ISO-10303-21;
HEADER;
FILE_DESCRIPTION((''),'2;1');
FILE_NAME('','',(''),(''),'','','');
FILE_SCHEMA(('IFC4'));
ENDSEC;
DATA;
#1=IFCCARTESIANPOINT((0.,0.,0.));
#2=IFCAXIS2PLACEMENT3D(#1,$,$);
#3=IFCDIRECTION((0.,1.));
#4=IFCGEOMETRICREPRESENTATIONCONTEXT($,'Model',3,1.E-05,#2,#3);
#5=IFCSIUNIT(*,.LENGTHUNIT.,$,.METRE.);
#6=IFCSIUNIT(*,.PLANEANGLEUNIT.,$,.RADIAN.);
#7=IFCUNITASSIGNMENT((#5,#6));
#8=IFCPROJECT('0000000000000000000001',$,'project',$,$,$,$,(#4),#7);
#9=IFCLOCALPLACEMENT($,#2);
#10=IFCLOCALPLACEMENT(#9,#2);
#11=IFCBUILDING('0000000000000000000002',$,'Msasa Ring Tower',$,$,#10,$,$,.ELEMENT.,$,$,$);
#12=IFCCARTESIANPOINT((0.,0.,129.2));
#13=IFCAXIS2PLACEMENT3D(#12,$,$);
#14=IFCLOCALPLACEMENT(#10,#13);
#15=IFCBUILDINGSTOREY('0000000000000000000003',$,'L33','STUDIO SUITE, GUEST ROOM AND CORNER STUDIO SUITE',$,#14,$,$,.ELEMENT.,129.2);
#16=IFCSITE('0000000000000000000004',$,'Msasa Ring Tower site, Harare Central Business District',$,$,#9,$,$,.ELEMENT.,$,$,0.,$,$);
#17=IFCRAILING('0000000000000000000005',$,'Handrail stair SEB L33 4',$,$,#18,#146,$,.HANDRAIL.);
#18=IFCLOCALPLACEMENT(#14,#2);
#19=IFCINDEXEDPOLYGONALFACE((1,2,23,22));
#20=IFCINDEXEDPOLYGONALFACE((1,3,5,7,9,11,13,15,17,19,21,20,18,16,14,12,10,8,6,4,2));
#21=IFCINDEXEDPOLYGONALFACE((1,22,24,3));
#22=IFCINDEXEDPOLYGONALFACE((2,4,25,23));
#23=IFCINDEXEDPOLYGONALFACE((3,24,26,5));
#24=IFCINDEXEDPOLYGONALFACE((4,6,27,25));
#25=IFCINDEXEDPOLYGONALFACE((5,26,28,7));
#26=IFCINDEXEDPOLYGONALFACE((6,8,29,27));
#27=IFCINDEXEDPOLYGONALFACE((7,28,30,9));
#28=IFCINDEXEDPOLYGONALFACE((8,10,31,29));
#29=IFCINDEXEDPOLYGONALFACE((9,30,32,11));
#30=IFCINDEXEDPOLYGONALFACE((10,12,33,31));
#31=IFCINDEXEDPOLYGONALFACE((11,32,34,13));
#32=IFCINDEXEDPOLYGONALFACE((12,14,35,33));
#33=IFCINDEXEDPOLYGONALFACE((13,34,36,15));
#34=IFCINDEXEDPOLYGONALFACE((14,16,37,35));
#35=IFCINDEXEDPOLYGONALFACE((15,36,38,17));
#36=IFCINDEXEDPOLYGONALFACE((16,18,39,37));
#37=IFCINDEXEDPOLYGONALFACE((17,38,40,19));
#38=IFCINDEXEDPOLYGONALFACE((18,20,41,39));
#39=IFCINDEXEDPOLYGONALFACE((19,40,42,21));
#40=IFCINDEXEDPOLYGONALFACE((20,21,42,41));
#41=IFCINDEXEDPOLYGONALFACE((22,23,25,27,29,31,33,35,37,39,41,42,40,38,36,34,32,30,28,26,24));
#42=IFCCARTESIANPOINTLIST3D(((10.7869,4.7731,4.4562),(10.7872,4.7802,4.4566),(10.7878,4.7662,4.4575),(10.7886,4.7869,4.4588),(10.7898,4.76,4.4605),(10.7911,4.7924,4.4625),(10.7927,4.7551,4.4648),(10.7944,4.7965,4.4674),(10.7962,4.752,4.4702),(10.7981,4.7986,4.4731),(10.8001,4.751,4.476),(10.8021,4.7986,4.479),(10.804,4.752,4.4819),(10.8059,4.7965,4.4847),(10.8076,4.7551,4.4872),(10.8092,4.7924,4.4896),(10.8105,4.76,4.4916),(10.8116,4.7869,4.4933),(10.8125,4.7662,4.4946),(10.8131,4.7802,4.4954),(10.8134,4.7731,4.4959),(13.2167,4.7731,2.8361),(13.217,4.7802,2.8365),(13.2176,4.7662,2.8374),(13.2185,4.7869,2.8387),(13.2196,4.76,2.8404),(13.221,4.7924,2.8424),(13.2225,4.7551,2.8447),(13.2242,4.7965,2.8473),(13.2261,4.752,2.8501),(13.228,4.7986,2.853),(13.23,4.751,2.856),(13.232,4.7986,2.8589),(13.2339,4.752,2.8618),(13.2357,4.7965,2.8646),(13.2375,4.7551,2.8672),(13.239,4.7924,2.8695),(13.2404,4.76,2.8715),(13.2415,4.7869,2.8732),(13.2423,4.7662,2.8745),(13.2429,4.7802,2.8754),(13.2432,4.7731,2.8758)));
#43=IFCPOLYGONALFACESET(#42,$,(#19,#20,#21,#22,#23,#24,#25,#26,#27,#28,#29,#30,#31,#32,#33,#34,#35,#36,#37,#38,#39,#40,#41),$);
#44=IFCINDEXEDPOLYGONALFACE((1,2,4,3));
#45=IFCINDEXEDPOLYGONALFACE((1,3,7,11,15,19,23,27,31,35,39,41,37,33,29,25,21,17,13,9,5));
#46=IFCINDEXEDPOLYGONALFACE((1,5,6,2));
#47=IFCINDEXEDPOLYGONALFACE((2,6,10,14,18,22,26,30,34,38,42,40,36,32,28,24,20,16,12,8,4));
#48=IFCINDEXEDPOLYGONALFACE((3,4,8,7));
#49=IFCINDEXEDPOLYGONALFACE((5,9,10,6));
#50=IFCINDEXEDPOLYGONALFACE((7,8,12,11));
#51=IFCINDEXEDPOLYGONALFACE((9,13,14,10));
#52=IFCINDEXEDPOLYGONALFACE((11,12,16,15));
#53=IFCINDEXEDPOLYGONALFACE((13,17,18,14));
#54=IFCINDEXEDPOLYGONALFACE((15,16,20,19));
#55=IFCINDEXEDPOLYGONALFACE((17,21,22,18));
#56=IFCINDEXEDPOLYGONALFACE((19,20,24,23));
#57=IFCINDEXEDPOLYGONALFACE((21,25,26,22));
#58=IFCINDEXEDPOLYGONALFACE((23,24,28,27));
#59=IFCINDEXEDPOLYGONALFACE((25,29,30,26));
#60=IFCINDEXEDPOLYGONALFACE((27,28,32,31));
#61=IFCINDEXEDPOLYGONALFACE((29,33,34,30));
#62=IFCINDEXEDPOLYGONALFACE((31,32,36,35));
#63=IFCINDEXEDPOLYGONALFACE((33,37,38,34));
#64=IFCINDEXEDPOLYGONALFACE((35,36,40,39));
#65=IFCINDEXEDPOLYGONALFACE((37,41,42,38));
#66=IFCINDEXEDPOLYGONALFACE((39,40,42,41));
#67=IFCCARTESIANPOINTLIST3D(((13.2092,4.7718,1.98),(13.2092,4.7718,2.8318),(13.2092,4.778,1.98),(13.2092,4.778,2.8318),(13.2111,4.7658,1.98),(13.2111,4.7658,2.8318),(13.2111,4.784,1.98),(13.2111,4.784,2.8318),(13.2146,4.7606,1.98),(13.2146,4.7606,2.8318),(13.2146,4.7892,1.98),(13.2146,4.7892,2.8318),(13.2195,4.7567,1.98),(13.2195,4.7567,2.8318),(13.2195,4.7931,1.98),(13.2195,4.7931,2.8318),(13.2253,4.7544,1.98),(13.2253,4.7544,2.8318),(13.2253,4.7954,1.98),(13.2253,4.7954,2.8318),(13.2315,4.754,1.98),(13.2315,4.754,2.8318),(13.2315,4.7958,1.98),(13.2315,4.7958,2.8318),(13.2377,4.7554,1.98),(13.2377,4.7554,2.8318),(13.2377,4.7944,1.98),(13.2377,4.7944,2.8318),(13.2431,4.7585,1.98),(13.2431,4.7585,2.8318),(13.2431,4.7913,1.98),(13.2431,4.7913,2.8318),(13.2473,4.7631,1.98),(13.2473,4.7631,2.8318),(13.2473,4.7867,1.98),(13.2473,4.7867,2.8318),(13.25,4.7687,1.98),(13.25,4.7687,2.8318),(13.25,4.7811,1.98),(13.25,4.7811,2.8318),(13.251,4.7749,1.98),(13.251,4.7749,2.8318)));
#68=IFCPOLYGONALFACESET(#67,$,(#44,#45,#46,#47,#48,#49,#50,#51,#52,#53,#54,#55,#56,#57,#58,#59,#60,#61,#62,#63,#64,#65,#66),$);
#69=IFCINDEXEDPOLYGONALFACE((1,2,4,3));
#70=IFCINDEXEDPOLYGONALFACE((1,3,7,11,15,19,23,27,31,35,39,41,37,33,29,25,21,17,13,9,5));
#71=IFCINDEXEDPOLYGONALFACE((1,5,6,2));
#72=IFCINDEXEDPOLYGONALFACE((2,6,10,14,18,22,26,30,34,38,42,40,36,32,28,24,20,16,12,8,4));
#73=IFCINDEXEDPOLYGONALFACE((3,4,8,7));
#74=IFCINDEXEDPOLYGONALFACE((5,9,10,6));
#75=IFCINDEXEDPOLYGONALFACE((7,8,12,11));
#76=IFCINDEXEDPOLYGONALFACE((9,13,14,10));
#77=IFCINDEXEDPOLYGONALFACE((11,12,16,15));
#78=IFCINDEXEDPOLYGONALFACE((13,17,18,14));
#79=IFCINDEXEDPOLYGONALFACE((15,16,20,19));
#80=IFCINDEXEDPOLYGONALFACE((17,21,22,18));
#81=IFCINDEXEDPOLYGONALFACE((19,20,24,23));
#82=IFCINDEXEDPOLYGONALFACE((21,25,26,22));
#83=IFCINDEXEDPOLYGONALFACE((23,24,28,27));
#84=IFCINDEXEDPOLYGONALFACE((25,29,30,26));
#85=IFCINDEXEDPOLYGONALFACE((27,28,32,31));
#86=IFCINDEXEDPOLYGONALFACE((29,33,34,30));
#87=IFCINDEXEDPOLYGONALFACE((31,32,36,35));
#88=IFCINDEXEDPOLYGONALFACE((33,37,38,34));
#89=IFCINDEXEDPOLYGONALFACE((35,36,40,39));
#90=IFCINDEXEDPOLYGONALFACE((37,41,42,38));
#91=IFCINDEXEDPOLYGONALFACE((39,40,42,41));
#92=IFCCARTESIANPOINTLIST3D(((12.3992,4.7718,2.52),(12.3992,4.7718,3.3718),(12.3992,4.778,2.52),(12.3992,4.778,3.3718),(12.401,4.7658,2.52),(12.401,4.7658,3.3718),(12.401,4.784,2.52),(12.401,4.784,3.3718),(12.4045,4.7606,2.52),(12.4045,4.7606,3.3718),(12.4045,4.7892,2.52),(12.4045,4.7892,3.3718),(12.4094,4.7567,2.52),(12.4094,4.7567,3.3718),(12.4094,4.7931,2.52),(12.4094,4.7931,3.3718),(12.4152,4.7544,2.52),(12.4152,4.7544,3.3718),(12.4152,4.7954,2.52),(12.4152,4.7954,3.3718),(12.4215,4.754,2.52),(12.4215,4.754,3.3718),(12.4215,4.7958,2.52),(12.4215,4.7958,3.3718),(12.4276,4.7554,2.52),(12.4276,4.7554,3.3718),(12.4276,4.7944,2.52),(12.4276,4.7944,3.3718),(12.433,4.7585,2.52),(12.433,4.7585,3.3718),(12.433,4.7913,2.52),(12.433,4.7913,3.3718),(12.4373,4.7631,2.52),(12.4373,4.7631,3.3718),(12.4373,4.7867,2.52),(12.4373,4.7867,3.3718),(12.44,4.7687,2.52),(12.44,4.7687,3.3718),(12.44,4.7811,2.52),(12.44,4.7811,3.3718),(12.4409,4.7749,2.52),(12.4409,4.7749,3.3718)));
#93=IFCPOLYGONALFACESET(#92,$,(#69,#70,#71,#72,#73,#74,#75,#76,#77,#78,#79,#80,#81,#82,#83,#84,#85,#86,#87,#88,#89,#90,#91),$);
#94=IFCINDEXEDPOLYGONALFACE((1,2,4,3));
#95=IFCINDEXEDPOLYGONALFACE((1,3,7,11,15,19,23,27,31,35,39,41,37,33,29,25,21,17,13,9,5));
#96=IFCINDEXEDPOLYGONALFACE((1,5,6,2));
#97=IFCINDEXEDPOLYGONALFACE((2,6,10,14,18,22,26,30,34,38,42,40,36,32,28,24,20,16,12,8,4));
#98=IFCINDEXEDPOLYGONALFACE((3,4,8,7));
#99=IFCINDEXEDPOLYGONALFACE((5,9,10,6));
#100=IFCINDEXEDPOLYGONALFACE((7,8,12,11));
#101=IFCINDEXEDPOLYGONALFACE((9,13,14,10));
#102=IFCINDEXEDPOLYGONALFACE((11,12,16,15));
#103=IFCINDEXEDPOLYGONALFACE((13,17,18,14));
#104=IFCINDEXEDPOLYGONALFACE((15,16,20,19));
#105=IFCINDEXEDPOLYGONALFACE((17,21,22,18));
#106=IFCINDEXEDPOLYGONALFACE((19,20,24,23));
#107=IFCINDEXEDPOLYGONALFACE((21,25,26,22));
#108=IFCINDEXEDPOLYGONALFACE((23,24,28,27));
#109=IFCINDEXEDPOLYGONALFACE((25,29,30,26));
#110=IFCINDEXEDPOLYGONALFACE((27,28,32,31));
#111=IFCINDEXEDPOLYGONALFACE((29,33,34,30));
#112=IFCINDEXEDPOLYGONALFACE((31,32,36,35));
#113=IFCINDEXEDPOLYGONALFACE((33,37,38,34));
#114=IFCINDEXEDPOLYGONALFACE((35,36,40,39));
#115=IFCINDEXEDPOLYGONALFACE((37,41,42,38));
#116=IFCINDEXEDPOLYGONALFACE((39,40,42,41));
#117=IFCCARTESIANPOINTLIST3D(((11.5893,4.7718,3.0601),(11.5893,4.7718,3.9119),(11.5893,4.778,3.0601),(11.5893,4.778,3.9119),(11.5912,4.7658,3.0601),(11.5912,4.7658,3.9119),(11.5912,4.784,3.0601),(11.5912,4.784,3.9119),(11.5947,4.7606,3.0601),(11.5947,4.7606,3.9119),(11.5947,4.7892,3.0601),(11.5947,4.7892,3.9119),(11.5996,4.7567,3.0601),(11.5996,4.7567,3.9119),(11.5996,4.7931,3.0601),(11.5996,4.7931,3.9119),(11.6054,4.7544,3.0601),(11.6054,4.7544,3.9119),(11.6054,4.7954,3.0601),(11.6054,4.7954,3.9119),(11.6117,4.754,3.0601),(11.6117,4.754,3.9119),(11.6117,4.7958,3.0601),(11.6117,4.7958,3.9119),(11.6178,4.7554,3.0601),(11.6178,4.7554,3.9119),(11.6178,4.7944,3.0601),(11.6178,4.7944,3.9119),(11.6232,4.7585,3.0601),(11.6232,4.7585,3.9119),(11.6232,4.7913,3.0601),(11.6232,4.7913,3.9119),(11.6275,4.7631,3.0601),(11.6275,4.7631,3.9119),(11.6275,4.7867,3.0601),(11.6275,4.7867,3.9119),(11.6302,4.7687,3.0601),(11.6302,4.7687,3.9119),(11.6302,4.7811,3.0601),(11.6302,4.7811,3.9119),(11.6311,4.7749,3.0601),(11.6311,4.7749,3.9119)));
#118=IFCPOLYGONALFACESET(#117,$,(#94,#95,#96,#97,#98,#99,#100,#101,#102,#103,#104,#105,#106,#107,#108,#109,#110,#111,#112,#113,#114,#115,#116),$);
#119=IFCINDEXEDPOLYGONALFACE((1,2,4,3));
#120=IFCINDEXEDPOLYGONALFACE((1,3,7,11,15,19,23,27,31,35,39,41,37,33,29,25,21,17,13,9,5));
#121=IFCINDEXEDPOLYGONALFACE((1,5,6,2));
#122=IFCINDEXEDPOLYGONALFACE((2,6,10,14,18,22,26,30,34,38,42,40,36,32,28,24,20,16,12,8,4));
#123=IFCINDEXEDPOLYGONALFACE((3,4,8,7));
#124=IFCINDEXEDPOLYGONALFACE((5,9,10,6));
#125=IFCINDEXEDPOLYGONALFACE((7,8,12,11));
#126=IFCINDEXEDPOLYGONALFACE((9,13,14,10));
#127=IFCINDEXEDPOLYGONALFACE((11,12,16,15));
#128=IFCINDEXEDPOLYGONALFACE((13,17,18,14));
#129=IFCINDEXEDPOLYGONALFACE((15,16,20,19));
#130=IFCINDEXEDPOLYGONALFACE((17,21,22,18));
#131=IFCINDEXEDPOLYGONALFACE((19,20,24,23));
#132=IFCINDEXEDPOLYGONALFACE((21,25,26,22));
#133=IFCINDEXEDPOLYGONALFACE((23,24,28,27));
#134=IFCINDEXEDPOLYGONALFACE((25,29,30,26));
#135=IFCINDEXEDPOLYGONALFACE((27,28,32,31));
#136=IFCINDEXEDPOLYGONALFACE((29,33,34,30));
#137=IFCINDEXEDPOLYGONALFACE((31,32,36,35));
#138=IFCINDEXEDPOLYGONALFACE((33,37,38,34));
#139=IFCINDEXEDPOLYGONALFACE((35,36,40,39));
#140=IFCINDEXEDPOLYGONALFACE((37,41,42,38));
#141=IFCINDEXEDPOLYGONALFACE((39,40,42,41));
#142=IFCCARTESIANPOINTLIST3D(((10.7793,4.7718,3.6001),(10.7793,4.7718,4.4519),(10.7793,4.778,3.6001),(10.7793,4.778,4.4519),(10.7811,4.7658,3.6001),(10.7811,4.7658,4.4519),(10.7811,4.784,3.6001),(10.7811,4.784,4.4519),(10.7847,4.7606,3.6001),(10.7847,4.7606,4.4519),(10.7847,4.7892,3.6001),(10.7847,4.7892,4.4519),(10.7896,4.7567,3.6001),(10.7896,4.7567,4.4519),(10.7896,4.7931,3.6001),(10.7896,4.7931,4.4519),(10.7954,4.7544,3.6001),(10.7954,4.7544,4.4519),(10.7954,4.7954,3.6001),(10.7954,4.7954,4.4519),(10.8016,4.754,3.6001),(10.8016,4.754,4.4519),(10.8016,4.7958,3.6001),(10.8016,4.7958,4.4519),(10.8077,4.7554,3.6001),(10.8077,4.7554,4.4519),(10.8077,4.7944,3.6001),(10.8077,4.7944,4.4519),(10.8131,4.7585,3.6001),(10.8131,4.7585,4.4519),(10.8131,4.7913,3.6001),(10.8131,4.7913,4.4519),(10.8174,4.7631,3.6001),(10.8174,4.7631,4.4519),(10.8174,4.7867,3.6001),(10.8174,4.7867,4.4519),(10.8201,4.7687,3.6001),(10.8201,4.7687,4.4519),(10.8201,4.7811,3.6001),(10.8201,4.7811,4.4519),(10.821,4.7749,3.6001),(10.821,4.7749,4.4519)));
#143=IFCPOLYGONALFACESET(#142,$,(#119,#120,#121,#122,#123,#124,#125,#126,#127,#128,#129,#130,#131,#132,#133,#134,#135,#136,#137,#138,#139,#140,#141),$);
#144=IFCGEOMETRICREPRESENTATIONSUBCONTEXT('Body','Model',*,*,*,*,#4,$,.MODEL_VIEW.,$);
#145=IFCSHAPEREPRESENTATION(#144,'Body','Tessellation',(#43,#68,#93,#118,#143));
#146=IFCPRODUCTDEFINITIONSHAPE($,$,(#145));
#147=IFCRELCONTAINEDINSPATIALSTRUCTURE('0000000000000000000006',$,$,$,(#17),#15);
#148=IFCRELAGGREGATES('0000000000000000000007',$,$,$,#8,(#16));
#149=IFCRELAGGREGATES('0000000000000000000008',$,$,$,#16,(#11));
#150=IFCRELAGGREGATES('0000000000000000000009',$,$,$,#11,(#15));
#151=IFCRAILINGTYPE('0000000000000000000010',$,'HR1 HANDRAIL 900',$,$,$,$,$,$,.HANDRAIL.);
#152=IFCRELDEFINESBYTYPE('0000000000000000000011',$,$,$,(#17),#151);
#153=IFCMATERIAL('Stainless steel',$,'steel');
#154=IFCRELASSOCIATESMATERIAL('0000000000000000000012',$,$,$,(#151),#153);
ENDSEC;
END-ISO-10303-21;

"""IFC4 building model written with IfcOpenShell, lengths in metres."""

from ifc_helpers import new_model, si_unit, direction, frame, origin, origin_2d, place, context, subcontext, project, spatial, circle, extrude, material, type_object, element, save


model = new_model("IFC4")

# Units and contexts
model_context = context("Model", 3, precision=1e-05, world=origin(), true_north=direction((0.0, 1.0)))
body_context = subcontext(model_context, "Body", "Model", "MODEL_VIEW")
ifc_project = project(units=[si_unit("LENGTHUNIT", "METRE"), si_unit("PLANEANGLEUNIT", "RADIAN")], contexts=[model_context])

# Site, building, storey
site_placement = place(None, origin())
site = spatial("IfcSite", under=ifc_project, at=site_placement, Name="Msasa Ring Tower site, Harare Central Business District", CompositionType="ELEMENT", RefElevation=0.0)
building_placement = place(site_placement, origin())
building = spatial("IfcBuilding", under=site, at=building_placement, Name="Msasa Ring Tower", CompositionType="ELEMENT")
storey_placement = place(building_placement, frame((0.0, 0.0, 129.2)))
storey = spatial("IfcBuildingStorey", under=building, at=storey_placement, Name="L33", Description="STUDIO SUITE, GUEST ROOM AND CORNER STUDIO SUITE", CompositionType="ELEMENT", Elevation=129.2)

# Railing
ifc_material_1 = material(Name="Stainless steel", Category="steel")
railing_type = type_object("IfcRailingType", Name="HR1 HANDRAIL 900", PredefinedType="HANDRAIL", material=ifc_material_1)
for number, where, name in (
    (1, (13.23, 4.7749, 1.98), "Handrail stair SEB L33 4"),
):
    element("IfcRailing", number, at=place(storey_placement, frame(where)), inside=storey, type_object=railing_type, Name=name, PredefinedType="HANDRAIL", context=body_context, shape_type="SweptSolid", body=[
        extrude(circle(Radius=0.0239, at=origin_2d()), frame((0.0, 0.0, 0.876), z_axis=(-0.832025, 0.0, 0.554739), x_axis=(0.0, -1.0, 0.0)), (0.0, 0.0, 1.0), 2.9204),
        extrude(circle(Radius=0.021, at=origin_2d()), origin(), (0.0, 0.0, 1.0), 0.8518),
        extrude(circle(Radius=0.021, at=origin_2d()), frame((-0.8101, 0.0, 0.54)), (0.0, 0.0, 1.0), 0.8518),
        extrude(circle(Radius=0.021, at=origin_2d()), frame((-1.6199, 0.0, 1.0801)), (0.0, 0.0, 1.0), 0.8518),
        extrude(circle(Radius=0.021, at=origin_2d()), frame((-2.4299, 0.0, 1.6201)), (0.0, 0.0, 1.0), 0.8518),
    ])

save(model, "model.ifc")
